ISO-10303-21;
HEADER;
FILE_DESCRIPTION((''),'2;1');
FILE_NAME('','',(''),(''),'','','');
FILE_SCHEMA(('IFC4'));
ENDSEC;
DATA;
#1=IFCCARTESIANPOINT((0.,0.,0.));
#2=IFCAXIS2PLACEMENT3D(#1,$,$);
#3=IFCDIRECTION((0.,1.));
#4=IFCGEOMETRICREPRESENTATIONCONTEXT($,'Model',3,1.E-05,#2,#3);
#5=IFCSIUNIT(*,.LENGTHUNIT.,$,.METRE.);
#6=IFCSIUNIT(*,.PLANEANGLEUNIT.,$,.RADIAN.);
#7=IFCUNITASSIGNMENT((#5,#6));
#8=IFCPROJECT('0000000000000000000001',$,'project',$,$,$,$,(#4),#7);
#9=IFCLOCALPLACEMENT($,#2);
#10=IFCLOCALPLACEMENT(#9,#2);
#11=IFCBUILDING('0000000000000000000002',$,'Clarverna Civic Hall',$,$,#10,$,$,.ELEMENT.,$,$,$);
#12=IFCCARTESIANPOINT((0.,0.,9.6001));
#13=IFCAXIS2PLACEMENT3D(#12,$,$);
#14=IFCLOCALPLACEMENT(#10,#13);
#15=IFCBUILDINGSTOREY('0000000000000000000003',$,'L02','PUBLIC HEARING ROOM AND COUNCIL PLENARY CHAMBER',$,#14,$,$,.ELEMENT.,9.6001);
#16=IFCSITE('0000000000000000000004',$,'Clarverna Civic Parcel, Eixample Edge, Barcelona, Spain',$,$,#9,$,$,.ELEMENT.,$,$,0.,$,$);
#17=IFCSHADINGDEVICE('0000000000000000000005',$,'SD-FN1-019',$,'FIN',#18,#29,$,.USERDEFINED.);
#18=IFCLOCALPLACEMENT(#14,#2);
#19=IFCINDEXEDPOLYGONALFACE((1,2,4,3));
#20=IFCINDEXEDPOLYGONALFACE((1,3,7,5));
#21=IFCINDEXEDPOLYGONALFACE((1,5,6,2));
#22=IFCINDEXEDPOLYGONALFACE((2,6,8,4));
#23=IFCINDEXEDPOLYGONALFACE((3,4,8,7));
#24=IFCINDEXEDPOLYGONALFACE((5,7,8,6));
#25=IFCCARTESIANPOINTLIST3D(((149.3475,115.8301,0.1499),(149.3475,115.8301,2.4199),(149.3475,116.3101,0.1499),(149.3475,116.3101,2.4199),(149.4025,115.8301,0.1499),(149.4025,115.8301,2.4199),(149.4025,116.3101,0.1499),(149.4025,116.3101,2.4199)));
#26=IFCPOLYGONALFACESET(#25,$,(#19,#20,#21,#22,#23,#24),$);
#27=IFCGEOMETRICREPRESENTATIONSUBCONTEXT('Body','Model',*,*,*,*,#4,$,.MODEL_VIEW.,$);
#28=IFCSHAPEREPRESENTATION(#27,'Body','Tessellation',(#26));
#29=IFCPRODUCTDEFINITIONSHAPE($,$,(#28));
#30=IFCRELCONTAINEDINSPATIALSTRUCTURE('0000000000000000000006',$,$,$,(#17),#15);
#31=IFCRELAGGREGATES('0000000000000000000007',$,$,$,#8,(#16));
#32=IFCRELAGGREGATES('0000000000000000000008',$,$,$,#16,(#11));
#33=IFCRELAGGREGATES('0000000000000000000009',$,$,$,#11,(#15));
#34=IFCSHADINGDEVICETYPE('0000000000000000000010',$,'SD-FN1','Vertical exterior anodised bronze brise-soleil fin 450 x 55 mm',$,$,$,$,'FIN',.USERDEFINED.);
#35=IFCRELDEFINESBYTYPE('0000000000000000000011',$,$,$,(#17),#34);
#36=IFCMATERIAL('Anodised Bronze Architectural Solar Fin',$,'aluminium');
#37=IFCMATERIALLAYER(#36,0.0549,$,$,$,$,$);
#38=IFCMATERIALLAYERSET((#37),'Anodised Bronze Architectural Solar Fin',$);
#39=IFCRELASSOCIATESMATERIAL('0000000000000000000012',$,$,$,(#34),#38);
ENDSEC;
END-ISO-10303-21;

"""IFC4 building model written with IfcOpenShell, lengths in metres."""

from ifc_helpers import new_model, si_unit, direction, frame, frame_2d, origin, place, context, subcontext, project, spatial, rectangle, extrude, material, layer, layer_set, type_object, element, save


model = new_model("IFC4")

# Units and contexts
model_context = context("Model", 3, precision=1e-05, world=origin(), true_north=direction((0.0, 1.0)))
body_context = subcontext(model_context, "Body", "Model", "MODEL_VIEW")
ifc_project = project(units=[si_unit("LENGTHUNIT", "METRE"), si_unit("PLANEANGLEUNIT", "RADIAN")], contexts=[model_context])

# Site, building, storey
site_placement = place(None, origin())
site = spatial("IfcSite", under=ifc_project, at=site_placement, Name="Clarverna Civic Parcel, Eixample Edge, Barcelona, Spain", CompositionType="ELEMENT", RefElevation=0.0)
building_placement = place(site_placement, origin())
building = spatial("IfcBuilding", under=site, at=building_placement, Name="Clarverna Civic Hall", CompositionType="ELEMENT")
storey_placement = place(building_placement, frame((0.0, 0.0, 9.6001)))
storey = spatial("IfcBuildingStorey", under=building, at=storey_placement, Name="L02", Description="PUBLIC HEARING ROOM AND COUNCIL PLENARY CHAMBER", CompositionType="ELEMENT", Elevation=9.6001)

# Shading device
ifc_material_1 = material(Name="Anodised Bronze Architectural Solar Fin", Category="aluminium")
ifc_layer_1 = layer(ifc_material_1, 0.0549)
ifc_layer_set_1 = layer_set([ifc_layer_1], Name="Anodised Bronze Architectural Solar Fin")
shading_device_type = type_object("IfcShadingDeviceType", Name="SD-FN1", Description="Vertical exterior anodised bronze brise-soleil fin 450 x 55 mm", ElementType="FIN", PredefinedType="USERDEFINED", material=ifc_layer_set_1)
shading_device_placement = place(storey_placement, frame((149.375, 115.8301, 0.1499), z_axis=(0.0, 0.0, 1.0), x_axis=(0.0, 1.0, 0.0)))
element("IfcShadingDevice", 1, at=shading_device_placement, inside=storey, type_object=shading_device_type, Name="SD-FN1-019", ObjectType="FIN", PredefinedType="USERDEFINED", context=body_context, shape_type="SweptSolid", body=[
    extrude(rectangle(XDim=0.48, YDim=0.0549, at=frame_2d((0.24, 0.0))), origin(), (0.0, 0.0, 1.0), 2.27),
])

save(model, "model.ifc")
